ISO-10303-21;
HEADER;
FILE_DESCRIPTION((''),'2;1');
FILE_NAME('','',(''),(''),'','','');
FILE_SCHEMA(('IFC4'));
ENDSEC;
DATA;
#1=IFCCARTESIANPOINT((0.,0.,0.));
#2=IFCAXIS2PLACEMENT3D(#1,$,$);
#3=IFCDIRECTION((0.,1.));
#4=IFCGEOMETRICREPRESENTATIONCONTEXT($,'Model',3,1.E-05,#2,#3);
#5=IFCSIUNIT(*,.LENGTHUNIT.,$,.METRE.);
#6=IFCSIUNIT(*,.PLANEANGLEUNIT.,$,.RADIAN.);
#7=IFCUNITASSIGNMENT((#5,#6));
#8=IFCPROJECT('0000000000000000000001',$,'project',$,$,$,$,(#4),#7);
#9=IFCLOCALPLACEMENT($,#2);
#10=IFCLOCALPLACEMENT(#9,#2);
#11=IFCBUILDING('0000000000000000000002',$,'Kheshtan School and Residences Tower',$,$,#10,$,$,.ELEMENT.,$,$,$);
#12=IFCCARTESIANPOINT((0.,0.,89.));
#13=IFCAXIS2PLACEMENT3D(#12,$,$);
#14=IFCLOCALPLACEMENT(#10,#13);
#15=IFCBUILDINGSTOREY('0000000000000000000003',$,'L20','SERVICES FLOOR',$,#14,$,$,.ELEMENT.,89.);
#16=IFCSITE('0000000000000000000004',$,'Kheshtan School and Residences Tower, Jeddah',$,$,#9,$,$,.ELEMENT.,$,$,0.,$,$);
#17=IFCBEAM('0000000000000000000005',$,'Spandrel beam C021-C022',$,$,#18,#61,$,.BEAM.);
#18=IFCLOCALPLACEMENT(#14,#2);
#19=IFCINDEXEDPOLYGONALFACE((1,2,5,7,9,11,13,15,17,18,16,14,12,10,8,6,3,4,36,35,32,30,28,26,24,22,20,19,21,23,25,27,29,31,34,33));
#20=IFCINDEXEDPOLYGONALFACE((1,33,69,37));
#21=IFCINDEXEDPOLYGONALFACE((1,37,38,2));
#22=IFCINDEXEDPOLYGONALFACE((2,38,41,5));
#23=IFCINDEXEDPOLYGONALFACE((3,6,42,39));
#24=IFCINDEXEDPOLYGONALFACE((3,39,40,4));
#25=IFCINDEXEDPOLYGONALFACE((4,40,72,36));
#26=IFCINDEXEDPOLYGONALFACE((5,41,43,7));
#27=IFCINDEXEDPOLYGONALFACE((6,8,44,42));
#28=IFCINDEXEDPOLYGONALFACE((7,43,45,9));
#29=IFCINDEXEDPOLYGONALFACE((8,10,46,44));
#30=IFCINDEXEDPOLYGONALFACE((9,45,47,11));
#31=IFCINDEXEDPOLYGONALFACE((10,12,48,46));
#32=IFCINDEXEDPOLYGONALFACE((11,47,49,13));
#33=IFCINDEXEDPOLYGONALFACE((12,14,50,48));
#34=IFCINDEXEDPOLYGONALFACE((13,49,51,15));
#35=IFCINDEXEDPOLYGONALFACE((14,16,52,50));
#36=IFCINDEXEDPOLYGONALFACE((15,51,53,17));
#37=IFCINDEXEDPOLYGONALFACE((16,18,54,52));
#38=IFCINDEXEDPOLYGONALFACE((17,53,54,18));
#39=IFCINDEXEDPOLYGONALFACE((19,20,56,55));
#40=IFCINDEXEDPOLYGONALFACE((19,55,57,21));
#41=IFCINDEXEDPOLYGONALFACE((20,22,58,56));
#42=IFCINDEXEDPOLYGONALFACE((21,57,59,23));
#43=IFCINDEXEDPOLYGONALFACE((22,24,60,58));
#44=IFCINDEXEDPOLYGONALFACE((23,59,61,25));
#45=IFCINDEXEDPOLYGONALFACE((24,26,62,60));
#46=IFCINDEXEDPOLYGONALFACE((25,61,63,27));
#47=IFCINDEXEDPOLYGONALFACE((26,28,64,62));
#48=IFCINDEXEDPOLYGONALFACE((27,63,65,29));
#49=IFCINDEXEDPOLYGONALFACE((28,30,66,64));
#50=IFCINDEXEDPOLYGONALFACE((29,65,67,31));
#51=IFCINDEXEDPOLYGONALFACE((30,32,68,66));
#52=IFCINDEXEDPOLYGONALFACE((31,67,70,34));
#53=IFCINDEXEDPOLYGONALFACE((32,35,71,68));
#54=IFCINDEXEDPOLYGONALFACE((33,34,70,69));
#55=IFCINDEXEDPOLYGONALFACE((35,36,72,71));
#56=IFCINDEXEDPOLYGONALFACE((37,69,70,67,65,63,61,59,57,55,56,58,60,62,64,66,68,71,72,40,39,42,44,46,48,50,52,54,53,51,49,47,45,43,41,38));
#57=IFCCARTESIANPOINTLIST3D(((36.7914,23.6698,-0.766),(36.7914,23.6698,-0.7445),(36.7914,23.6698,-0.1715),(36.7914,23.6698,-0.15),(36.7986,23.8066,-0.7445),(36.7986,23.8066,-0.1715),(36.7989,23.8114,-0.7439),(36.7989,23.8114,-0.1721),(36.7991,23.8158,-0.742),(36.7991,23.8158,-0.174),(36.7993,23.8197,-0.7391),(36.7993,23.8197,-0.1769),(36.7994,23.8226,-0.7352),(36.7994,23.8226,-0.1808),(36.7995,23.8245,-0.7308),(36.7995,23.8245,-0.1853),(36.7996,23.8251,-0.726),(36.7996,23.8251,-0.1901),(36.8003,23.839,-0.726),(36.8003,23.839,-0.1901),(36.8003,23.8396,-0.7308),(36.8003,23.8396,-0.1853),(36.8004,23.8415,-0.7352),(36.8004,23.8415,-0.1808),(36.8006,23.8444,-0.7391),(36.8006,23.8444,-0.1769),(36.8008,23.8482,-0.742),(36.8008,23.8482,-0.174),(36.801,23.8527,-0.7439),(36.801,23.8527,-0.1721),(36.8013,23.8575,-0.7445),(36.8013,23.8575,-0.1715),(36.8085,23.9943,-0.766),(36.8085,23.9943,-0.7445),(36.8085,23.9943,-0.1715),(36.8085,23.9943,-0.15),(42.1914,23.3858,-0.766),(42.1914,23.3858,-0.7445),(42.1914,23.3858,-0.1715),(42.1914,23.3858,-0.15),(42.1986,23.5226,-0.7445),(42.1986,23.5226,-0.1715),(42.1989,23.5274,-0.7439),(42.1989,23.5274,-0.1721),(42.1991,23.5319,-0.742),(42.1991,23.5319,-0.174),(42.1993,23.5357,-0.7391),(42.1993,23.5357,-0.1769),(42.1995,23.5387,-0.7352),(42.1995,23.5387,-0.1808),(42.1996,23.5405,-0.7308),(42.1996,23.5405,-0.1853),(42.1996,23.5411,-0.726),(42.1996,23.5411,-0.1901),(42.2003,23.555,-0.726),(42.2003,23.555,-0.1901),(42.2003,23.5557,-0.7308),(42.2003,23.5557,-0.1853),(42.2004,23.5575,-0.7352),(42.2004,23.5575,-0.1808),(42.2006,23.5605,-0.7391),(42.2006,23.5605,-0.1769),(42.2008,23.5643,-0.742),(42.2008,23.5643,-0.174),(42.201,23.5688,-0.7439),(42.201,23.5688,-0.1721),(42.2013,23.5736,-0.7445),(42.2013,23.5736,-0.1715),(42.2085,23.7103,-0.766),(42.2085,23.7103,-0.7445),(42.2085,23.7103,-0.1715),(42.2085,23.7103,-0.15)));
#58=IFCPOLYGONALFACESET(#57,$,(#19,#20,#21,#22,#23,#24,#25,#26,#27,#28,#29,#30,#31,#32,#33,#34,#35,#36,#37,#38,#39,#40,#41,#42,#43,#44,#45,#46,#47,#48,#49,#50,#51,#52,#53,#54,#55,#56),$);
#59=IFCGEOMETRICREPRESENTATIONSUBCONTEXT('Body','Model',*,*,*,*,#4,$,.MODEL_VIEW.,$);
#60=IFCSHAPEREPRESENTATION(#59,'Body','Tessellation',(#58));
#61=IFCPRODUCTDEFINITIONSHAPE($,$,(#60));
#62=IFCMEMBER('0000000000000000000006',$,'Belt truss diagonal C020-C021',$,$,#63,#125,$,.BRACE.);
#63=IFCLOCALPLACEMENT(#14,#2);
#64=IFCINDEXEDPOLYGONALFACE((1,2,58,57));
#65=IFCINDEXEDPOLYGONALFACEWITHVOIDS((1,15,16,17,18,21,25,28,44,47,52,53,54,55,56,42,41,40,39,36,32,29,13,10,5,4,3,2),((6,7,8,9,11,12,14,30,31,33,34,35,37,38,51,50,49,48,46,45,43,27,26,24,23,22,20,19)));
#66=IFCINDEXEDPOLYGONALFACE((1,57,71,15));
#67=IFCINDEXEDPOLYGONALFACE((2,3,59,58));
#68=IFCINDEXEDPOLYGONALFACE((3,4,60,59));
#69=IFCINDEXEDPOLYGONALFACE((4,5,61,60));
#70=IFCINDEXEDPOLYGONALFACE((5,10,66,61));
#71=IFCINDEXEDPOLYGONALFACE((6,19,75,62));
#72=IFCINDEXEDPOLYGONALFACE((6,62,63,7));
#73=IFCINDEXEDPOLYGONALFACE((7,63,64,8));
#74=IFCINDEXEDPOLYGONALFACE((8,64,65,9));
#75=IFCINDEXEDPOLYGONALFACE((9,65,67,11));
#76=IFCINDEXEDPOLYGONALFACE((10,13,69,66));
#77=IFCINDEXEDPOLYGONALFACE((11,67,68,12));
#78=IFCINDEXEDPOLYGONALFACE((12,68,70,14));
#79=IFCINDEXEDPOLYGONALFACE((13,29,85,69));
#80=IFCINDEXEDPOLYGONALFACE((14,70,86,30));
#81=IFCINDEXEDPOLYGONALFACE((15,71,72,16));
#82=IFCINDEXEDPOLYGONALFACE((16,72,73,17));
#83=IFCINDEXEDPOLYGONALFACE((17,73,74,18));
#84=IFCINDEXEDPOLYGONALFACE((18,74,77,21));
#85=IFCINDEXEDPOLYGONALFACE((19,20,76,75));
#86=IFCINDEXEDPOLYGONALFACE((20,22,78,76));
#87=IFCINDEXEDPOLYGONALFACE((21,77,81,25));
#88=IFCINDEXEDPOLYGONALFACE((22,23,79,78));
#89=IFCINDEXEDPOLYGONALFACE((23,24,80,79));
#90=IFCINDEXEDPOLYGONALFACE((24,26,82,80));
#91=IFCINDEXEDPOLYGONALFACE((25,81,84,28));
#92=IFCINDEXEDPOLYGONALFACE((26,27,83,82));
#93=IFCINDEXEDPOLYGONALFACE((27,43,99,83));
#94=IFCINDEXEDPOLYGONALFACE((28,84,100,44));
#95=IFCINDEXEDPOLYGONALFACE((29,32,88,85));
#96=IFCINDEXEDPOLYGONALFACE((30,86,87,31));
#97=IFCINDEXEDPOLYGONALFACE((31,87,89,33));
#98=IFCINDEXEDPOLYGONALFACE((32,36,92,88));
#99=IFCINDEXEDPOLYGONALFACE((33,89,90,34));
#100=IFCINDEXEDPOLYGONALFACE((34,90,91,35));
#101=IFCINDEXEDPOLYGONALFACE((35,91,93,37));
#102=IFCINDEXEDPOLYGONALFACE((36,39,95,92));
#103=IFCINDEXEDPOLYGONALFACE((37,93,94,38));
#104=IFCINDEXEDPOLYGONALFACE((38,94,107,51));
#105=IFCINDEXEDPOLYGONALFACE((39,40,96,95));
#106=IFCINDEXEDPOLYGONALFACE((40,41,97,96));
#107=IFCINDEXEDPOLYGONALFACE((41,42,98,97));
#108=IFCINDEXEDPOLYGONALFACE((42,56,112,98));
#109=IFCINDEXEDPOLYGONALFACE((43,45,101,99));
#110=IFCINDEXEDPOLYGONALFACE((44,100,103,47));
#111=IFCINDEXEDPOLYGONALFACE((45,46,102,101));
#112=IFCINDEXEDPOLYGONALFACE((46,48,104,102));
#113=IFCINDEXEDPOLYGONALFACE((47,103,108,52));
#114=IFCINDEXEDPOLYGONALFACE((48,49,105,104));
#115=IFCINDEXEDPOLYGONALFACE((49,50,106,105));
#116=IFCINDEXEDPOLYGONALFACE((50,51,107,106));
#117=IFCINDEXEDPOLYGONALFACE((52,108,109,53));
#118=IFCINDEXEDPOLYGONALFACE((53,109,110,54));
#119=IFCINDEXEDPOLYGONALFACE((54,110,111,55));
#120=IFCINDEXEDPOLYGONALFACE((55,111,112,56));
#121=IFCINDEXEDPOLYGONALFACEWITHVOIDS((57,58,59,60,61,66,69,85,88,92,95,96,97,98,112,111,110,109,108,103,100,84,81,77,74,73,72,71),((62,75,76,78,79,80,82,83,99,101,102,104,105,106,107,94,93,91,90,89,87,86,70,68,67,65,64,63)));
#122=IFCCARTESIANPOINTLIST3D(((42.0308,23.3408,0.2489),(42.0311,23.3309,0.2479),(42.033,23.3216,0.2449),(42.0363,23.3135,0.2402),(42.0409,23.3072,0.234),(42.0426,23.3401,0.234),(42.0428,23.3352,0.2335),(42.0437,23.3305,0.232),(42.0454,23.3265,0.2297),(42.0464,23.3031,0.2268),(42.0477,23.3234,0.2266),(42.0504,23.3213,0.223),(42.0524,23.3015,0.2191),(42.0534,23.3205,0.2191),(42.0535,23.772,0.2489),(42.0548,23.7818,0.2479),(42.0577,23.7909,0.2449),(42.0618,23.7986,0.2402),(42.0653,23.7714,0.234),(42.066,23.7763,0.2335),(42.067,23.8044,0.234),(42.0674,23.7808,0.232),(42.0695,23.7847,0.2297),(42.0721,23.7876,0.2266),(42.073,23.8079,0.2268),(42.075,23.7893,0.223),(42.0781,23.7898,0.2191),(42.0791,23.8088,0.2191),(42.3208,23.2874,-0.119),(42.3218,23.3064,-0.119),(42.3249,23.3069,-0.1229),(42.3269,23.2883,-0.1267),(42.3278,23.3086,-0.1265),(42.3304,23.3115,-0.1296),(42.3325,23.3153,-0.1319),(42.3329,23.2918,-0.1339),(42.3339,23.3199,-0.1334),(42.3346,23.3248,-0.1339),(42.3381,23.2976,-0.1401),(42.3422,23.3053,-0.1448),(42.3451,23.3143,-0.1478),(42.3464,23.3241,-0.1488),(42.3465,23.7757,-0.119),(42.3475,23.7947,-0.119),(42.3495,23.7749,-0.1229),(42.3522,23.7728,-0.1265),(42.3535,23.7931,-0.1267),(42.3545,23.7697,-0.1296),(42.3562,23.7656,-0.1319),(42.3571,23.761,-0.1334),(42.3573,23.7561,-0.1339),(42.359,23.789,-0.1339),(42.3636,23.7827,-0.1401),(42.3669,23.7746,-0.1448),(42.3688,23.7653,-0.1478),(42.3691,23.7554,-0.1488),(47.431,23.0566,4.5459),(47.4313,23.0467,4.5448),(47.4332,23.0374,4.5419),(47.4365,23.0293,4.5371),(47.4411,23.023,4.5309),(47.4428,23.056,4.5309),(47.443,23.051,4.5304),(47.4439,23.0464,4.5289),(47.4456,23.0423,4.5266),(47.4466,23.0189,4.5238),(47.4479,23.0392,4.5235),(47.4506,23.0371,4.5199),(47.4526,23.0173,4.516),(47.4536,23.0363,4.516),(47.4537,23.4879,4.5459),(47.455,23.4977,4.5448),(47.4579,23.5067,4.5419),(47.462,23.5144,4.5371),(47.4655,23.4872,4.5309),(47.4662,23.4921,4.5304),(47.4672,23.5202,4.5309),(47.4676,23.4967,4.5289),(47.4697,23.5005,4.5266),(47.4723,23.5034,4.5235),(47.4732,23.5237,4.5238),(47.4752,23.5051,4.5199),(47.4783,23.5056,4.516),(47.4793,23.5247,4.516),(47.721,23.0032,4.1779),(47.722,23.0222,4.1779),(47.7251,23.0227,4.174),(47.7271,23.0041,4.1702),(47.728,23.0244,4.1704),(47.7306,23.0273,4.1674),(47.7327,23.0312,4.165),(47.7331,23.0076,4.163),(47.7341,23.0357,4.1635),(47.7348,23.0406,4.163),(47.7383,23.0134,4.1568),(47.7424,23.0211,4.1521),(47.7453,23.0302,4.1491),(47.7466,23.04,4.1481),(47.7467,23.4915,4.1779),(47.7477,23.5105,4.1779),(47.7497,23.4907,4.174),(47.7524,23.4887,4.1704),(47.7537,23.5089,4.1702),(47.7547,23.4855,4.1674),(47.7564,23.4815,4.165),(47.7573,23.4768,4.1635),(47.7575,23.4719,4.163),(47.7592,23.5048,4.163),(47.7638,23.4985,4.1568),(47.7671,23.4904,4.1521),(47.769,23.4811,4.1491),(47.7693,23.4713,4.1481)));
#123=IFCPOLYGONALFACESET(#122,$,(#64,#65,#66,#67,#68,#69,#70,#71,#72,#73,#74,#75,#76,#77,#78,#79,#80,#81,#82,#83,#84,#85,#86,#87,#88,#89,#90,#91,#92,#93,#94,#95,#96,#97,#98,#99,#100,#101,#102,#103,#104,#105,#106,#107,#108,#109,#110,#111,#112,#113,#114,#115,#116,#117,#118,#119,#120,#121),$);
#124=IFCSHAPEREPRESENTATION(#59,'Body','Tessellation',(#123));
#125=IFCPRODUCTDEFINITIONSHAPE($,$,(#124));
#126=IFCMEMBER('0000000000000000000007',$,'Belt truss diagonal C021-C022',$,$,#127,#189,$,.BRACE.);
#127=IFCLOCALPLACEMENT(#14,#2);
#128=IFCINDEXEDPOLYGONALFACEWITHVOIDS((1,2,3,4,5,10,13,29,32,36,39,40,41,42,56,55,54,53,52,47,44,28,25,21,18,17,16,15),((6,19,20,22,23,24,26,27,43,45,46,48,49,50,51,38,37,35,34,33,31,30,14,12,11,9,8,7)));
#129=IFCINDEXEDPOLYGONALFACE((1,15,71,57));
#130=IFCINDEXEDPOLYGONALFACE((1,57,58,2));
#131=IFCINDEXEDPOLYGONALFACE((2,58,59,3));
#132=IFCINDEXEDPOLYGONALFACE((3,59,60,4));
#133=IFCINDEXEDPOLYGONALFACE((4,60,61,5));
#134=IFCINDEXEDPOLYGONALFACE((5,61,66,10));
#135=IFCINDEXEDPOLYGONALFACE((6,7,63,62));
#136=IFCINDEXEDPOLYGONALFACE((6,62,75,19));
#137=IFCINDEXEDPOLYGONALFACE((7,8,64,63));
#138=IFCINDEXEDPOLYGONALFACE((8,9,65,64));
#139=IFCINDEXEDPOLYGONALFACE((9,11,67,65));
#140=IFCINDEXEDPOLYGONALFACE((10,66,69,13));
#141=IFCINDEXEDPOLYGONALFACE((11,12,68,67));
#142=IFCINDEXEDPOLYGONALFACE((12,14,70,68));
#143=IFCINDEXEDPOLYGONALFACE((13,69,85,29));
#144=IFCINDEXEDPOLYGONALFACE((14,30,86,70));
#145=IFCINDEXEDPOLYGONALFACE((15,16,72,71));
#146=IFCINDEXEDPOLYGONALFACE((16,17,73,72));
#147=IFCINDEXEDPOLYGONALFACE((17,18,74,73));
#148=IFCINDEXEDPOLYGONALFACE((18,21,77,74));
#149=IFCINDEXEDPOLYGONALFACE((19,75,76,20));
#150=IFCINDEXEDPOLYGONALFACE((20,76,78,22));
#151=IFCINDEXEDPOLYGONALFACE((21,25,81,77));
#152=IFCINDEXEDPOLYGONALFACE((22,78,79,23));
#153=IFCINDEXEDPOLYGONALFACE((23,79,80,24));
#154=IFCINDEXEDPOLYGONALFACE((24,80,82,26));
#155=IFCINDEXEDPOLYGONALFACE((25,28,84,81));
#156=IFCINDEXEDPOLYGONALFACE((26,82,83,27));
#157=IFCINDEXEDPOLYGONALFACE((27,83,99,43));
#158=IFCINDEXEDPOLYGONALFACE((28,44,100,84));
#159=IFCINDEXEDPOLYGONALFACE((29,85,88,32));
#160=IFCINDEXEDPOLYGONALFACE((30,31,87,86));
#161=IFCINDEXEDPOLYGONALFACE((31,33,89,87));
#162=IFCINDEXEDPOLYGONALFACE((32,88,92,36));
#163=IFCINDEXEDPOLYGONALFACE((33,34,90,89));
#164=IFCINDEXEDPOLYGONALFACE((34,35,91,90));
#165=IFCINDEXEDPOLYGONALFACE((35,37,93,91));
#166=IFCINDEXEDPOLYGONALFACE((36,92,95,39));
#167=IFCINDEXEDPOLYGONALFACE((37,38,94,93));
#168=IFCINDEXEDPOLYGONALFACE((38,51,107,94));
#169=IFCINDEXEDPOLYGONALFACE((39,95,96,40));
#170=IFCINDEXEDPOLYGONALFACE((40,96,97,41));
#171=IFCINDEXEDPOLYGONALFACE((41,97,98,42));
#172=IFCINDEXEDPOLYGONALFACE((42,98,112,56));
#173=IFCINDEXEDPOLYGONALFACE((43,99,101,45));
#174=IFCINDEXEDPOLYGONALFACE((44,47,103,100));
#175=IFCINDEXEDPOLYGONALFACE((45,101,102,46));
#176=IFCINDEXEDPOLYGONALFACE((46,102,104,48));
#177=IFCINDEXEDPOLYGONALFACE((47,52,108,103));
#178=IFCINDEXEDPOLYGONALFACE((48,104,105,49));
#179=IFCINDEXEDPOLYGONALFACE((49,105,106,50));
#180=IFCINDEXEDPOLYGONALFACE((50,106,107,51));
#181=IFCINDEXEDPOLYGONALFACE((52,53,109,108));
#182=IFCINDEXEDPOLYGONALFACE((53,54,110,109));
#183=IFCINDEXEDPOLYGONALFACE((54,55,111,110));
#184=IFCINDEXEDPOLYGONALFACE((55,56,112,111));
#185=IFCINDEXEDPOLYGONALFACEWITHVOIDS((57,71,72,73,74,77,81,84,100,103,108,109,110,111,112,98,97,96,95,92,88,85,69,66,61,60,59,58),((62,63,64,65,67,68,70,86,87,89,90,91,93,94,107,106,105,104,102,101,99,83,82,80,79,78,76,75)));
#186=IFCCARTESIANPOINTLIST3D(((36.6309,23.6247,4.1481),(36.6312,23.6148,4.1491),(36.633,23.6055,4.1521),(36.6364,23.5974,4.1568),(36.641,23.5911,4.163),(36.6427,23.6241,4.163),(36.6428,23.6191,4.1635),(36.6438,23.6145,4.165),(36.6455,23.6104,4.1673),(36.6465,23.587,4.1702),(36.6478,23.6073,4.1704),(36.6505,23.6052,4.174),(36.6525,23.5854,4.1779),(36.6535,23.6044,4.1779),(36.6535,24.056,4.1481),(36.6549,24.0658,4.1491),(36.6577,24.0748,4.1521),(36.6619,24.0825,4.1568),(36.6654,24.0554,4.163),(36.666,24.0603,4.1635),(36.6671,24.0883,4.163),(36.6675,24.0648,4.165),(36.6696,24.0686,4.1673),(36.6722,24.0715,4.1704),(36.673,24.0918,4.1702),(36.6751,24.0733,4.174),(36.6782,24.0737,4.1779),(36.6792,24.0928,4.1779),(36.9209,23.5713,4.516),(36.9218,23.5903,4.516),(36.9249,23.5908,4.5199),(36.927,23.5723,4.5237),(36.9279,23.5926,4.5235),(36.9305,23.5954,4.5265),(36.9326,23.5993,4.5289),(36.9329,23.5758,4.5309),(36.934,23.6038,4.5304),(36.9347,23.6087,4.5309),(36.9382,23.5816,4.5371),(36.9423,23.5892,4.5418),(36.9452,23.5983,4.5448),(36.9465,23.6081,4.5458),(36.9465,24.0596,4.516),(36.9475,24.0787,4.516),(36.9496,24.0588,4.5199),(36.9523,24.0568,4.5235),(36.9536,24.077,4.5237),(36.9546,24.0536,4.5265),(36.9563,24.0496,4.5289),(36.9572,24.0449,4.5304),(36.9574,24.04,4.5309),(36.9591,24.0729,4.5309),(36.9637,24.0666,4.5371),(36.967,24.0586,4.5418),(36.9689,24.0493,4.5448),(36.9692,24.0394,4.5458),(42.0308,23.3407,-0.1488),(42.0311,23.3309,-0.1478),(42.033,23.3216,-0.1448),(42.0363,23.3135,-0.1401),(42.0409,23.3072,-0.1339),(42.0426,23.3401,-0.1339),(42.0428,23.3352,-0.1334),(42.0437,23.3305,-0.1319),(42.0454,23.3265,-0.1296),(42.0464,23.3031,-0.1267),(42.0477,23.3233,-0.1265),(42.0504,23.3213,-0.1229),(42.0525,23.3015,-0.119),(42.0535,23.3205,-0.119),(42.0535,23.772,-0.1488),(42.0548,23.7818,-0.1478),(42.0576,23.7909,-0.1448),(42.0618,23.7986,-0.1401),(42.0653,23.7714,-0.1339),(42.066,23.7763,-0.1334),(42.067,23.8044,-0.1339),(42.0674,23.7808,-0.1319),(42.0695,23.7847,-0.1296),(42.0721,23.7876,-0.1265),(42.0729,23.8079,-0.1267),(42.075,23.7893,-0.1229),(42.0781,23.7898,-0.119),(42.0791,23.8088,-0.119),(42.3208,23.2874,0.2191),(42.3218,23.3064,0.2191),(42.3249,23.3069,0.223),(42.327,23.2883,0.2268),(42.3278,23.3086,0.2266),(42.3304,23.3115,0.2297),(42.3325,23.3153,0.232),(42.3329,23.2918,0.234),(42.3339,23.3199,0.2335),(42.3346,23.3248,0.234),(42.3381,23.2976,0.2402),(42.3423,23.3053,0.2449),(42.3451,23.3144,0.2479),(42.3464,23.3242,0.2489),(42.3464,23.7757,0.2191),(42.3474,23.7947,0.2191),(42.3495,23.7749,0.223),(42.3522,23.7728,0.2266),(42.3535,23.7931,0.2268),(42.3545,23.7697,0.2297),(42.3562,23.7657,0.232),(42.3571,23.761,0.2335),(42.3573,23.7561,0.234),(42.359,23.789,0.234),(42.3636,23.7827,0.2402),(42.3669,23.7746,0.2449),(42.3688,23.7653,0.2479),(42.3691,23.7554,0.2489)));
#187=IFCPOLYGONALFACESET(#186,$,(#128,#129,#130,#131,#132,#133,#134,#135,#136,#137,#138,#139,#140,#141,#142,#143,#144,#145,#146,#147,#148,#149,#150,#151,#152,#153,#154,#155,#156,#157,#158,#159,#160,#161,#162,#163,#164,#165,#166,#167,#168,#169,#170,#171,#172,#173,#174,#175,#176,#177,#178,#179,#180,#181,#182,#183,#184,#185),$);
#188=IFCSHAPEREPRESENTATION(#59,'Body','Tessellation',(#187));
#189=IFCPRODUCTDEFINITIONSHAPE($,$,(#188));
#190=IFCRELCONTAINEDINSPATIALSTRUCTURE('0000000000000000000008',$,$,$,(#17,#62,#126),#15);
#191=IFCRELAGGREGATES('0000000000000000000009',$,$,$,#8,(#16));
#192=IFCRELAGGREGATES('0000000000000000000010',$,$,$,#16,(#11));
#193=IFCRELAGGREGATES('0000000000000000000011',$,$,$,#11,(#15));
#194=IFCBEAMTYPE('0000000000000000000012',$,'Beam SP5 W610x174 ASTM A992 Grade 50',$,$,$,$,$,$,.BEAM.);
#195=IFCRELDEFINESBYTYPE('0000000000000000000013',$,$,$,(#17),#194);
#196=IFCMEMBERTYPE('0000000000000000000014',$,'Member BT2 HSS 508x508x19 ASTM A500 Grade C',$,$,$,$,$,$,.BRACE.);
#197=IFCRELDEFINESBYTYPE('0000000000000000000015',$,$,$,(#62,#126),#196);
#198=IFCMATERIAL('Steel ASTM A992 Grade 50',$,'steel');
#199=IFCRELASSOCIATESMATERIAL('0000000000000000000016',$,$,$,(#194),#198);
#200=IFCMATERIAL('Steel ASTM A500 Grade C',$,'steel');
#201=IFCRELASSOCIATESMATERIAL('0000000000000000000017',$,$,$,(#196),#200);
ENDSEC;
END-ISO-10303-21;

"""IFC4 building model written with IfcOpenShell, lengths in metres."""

from ifc_helpers import new_model, si_unit, direction, frame, origin, origin_2d, place, context, subcontext, project, spatial, hollow_rectangle, i_section, extrude, material, material_profile, profile_set, type_object, element, save


model = new_model("IFC4")

# Units and contexts
model_context = context("Model", 3, precision=1e-05, world=origin(), true_north=direction((0.0, 1.0)))
body_context = subcontext(model_context, "Body", "Model", "MODEL_VIEW")
ifc_project = project(units=[si_unit("LENGTHUNIT", "METRE"), si_unit("PLANEANGLEUNIT", "RADIAN")], contexts=[model_context])

# Site, building, storey
site_placement = place(None, origin())
site = spatial("IfcSite", under=ifc_project, at=site_placement, Name="Kheshtan School and Residences Tower, Jeddah", CompositionType="ELEMENT", RefElevation=0.0)
building_placement = place(site_placement, origin())
building = spatial("IfcBuilding", under=site, at=building_placement, Name="Kheshtan School and Residences Tower", CompositionType="ELEMENT")
storey_placement = place(building_placement, frame((0.0, 0.0, 89.0)))
storey = spatial("IfcBuildingStorey", under=building, at=storey_placement, Name="L20", Description="SERVICES FLOOR", CompositionType="ELEMENT", Elevation=89.0)

# Shared definitions
ifc_material_1 = material(Name="Steel ASTM A992 Grade 50", Category="steel")

# Beam
ifc_material_profile_1 = material_profile(ifc_material_1, i_section(OverallWidth=0.325, OverallDepth=0.616, WebThickness=0.0139, FlangeThickness=0.0215, FilletRadius=0.0186, at=origin_2d()), Name="W610x174")
ifc_profile_set_1 = profile_set([ifc_material_profile_1], Name="Steel ASTM A992 Grade 50")
beam_type_1 = type_object("IfcBeamType", Name="Beam SP5 W610x174 ASTM A992 Grade 50", PredefinedType="BEAM", material=ifc_profile_set_1)
beam_1_placement = place(storey_placement, frame((42.2, 23.5481, -0.458), z_axis=(-0.99862, 0.052509, 0.0), x_axis=(-0.052509, -0.99862, 0.0)))
element("IfcBeam", 1, at=beam_1_placement, inside=storey, type_object=beam_type_1, Name="Spandrel beam C021-C022", PredefinedType="BEAM", context=body_context, shape_type="SweptSolid", body=[
    extrude(i_section(OverallWidth=0.325, OverallDepth=0.616, WebThickness=0.0139, FlangeThickness=0.0215, FilletRadius=0.0186, at=origin_2d()), origin(), (0.0, 0.0, 1.0), 5.4075),
])

# Members
ifc_material_2 = material(Name="Steel ASTM A500 Grade C", Category="steel")
ifc_material_profile_2 = material_profile(ifc_material_2, hollow_rectangle(XDim=0.5081, YDim=0.5081, WallThickness=0.019, InnerFilletRadius=0.019, OuterFilletRadius=0.0381, at=origin_2d()), Name="HSS 508x508x19")
ifc_profile_set_2 = profile_set([ifc_material_profile_2], Name="Steel ASTM A500 Grade C")
member_type_1 = type_object("IfcMemberType", Name="Member BT2 HSS 508x508x19 ASTM A500 Grade C", PredefinedType="BRACE", material=ifc_profile_set_2)
member_1_placement = place(storey_placement, frame((42.2, 23.5481, 0.05), z_axis=(0.781846, -0.041144, 0.622112), x_axis=(0.052552, 0.998618, 0.0)))
element("IfcMember", 2, at=member_1_placement, inside=storey, type_object=member_type_1, Name="Belt truss diagonal C020-C021", PredefinedType="BRACE", context=body_context, shape_type="SweptSolid", body=[
    extrude(hollow_rectangle(XDim=0.5081, YDim=0.5081, WallThickness=0.019, InnerFilletRadius=0.019, OuterFilletRadius=0.0381, at=origin_2d()), origin(), (0.0, 0.0, 1.0), 6.907),
])
member_2_placement = place(storey_placement, frame((42.2, 23.5481, 0.05), z_axis=(-0.781834, 0.04111, 0.62213), x_axis=(-0.052509, -0.99862, 0.0)))
element("IfcMember", 3, at=member_2_placement, inside=storey, type_object=member_type_1, Name="Belt truss diagonal C021-C022", PredefinedType="BRACE", context=body_context, shape_type="SweptSolid", body=[
    extrude(hollow_rectangle(XDim=0.5081, YDim=0.5081, WallThickness=0.019, InnerFilletRadius=0.019, OuterFilletRadius=0.0381, at=origin_2d()), origin(), (0.0, 0.0, 1.0), 6.9067),
])

save(model, "model.ifc")
